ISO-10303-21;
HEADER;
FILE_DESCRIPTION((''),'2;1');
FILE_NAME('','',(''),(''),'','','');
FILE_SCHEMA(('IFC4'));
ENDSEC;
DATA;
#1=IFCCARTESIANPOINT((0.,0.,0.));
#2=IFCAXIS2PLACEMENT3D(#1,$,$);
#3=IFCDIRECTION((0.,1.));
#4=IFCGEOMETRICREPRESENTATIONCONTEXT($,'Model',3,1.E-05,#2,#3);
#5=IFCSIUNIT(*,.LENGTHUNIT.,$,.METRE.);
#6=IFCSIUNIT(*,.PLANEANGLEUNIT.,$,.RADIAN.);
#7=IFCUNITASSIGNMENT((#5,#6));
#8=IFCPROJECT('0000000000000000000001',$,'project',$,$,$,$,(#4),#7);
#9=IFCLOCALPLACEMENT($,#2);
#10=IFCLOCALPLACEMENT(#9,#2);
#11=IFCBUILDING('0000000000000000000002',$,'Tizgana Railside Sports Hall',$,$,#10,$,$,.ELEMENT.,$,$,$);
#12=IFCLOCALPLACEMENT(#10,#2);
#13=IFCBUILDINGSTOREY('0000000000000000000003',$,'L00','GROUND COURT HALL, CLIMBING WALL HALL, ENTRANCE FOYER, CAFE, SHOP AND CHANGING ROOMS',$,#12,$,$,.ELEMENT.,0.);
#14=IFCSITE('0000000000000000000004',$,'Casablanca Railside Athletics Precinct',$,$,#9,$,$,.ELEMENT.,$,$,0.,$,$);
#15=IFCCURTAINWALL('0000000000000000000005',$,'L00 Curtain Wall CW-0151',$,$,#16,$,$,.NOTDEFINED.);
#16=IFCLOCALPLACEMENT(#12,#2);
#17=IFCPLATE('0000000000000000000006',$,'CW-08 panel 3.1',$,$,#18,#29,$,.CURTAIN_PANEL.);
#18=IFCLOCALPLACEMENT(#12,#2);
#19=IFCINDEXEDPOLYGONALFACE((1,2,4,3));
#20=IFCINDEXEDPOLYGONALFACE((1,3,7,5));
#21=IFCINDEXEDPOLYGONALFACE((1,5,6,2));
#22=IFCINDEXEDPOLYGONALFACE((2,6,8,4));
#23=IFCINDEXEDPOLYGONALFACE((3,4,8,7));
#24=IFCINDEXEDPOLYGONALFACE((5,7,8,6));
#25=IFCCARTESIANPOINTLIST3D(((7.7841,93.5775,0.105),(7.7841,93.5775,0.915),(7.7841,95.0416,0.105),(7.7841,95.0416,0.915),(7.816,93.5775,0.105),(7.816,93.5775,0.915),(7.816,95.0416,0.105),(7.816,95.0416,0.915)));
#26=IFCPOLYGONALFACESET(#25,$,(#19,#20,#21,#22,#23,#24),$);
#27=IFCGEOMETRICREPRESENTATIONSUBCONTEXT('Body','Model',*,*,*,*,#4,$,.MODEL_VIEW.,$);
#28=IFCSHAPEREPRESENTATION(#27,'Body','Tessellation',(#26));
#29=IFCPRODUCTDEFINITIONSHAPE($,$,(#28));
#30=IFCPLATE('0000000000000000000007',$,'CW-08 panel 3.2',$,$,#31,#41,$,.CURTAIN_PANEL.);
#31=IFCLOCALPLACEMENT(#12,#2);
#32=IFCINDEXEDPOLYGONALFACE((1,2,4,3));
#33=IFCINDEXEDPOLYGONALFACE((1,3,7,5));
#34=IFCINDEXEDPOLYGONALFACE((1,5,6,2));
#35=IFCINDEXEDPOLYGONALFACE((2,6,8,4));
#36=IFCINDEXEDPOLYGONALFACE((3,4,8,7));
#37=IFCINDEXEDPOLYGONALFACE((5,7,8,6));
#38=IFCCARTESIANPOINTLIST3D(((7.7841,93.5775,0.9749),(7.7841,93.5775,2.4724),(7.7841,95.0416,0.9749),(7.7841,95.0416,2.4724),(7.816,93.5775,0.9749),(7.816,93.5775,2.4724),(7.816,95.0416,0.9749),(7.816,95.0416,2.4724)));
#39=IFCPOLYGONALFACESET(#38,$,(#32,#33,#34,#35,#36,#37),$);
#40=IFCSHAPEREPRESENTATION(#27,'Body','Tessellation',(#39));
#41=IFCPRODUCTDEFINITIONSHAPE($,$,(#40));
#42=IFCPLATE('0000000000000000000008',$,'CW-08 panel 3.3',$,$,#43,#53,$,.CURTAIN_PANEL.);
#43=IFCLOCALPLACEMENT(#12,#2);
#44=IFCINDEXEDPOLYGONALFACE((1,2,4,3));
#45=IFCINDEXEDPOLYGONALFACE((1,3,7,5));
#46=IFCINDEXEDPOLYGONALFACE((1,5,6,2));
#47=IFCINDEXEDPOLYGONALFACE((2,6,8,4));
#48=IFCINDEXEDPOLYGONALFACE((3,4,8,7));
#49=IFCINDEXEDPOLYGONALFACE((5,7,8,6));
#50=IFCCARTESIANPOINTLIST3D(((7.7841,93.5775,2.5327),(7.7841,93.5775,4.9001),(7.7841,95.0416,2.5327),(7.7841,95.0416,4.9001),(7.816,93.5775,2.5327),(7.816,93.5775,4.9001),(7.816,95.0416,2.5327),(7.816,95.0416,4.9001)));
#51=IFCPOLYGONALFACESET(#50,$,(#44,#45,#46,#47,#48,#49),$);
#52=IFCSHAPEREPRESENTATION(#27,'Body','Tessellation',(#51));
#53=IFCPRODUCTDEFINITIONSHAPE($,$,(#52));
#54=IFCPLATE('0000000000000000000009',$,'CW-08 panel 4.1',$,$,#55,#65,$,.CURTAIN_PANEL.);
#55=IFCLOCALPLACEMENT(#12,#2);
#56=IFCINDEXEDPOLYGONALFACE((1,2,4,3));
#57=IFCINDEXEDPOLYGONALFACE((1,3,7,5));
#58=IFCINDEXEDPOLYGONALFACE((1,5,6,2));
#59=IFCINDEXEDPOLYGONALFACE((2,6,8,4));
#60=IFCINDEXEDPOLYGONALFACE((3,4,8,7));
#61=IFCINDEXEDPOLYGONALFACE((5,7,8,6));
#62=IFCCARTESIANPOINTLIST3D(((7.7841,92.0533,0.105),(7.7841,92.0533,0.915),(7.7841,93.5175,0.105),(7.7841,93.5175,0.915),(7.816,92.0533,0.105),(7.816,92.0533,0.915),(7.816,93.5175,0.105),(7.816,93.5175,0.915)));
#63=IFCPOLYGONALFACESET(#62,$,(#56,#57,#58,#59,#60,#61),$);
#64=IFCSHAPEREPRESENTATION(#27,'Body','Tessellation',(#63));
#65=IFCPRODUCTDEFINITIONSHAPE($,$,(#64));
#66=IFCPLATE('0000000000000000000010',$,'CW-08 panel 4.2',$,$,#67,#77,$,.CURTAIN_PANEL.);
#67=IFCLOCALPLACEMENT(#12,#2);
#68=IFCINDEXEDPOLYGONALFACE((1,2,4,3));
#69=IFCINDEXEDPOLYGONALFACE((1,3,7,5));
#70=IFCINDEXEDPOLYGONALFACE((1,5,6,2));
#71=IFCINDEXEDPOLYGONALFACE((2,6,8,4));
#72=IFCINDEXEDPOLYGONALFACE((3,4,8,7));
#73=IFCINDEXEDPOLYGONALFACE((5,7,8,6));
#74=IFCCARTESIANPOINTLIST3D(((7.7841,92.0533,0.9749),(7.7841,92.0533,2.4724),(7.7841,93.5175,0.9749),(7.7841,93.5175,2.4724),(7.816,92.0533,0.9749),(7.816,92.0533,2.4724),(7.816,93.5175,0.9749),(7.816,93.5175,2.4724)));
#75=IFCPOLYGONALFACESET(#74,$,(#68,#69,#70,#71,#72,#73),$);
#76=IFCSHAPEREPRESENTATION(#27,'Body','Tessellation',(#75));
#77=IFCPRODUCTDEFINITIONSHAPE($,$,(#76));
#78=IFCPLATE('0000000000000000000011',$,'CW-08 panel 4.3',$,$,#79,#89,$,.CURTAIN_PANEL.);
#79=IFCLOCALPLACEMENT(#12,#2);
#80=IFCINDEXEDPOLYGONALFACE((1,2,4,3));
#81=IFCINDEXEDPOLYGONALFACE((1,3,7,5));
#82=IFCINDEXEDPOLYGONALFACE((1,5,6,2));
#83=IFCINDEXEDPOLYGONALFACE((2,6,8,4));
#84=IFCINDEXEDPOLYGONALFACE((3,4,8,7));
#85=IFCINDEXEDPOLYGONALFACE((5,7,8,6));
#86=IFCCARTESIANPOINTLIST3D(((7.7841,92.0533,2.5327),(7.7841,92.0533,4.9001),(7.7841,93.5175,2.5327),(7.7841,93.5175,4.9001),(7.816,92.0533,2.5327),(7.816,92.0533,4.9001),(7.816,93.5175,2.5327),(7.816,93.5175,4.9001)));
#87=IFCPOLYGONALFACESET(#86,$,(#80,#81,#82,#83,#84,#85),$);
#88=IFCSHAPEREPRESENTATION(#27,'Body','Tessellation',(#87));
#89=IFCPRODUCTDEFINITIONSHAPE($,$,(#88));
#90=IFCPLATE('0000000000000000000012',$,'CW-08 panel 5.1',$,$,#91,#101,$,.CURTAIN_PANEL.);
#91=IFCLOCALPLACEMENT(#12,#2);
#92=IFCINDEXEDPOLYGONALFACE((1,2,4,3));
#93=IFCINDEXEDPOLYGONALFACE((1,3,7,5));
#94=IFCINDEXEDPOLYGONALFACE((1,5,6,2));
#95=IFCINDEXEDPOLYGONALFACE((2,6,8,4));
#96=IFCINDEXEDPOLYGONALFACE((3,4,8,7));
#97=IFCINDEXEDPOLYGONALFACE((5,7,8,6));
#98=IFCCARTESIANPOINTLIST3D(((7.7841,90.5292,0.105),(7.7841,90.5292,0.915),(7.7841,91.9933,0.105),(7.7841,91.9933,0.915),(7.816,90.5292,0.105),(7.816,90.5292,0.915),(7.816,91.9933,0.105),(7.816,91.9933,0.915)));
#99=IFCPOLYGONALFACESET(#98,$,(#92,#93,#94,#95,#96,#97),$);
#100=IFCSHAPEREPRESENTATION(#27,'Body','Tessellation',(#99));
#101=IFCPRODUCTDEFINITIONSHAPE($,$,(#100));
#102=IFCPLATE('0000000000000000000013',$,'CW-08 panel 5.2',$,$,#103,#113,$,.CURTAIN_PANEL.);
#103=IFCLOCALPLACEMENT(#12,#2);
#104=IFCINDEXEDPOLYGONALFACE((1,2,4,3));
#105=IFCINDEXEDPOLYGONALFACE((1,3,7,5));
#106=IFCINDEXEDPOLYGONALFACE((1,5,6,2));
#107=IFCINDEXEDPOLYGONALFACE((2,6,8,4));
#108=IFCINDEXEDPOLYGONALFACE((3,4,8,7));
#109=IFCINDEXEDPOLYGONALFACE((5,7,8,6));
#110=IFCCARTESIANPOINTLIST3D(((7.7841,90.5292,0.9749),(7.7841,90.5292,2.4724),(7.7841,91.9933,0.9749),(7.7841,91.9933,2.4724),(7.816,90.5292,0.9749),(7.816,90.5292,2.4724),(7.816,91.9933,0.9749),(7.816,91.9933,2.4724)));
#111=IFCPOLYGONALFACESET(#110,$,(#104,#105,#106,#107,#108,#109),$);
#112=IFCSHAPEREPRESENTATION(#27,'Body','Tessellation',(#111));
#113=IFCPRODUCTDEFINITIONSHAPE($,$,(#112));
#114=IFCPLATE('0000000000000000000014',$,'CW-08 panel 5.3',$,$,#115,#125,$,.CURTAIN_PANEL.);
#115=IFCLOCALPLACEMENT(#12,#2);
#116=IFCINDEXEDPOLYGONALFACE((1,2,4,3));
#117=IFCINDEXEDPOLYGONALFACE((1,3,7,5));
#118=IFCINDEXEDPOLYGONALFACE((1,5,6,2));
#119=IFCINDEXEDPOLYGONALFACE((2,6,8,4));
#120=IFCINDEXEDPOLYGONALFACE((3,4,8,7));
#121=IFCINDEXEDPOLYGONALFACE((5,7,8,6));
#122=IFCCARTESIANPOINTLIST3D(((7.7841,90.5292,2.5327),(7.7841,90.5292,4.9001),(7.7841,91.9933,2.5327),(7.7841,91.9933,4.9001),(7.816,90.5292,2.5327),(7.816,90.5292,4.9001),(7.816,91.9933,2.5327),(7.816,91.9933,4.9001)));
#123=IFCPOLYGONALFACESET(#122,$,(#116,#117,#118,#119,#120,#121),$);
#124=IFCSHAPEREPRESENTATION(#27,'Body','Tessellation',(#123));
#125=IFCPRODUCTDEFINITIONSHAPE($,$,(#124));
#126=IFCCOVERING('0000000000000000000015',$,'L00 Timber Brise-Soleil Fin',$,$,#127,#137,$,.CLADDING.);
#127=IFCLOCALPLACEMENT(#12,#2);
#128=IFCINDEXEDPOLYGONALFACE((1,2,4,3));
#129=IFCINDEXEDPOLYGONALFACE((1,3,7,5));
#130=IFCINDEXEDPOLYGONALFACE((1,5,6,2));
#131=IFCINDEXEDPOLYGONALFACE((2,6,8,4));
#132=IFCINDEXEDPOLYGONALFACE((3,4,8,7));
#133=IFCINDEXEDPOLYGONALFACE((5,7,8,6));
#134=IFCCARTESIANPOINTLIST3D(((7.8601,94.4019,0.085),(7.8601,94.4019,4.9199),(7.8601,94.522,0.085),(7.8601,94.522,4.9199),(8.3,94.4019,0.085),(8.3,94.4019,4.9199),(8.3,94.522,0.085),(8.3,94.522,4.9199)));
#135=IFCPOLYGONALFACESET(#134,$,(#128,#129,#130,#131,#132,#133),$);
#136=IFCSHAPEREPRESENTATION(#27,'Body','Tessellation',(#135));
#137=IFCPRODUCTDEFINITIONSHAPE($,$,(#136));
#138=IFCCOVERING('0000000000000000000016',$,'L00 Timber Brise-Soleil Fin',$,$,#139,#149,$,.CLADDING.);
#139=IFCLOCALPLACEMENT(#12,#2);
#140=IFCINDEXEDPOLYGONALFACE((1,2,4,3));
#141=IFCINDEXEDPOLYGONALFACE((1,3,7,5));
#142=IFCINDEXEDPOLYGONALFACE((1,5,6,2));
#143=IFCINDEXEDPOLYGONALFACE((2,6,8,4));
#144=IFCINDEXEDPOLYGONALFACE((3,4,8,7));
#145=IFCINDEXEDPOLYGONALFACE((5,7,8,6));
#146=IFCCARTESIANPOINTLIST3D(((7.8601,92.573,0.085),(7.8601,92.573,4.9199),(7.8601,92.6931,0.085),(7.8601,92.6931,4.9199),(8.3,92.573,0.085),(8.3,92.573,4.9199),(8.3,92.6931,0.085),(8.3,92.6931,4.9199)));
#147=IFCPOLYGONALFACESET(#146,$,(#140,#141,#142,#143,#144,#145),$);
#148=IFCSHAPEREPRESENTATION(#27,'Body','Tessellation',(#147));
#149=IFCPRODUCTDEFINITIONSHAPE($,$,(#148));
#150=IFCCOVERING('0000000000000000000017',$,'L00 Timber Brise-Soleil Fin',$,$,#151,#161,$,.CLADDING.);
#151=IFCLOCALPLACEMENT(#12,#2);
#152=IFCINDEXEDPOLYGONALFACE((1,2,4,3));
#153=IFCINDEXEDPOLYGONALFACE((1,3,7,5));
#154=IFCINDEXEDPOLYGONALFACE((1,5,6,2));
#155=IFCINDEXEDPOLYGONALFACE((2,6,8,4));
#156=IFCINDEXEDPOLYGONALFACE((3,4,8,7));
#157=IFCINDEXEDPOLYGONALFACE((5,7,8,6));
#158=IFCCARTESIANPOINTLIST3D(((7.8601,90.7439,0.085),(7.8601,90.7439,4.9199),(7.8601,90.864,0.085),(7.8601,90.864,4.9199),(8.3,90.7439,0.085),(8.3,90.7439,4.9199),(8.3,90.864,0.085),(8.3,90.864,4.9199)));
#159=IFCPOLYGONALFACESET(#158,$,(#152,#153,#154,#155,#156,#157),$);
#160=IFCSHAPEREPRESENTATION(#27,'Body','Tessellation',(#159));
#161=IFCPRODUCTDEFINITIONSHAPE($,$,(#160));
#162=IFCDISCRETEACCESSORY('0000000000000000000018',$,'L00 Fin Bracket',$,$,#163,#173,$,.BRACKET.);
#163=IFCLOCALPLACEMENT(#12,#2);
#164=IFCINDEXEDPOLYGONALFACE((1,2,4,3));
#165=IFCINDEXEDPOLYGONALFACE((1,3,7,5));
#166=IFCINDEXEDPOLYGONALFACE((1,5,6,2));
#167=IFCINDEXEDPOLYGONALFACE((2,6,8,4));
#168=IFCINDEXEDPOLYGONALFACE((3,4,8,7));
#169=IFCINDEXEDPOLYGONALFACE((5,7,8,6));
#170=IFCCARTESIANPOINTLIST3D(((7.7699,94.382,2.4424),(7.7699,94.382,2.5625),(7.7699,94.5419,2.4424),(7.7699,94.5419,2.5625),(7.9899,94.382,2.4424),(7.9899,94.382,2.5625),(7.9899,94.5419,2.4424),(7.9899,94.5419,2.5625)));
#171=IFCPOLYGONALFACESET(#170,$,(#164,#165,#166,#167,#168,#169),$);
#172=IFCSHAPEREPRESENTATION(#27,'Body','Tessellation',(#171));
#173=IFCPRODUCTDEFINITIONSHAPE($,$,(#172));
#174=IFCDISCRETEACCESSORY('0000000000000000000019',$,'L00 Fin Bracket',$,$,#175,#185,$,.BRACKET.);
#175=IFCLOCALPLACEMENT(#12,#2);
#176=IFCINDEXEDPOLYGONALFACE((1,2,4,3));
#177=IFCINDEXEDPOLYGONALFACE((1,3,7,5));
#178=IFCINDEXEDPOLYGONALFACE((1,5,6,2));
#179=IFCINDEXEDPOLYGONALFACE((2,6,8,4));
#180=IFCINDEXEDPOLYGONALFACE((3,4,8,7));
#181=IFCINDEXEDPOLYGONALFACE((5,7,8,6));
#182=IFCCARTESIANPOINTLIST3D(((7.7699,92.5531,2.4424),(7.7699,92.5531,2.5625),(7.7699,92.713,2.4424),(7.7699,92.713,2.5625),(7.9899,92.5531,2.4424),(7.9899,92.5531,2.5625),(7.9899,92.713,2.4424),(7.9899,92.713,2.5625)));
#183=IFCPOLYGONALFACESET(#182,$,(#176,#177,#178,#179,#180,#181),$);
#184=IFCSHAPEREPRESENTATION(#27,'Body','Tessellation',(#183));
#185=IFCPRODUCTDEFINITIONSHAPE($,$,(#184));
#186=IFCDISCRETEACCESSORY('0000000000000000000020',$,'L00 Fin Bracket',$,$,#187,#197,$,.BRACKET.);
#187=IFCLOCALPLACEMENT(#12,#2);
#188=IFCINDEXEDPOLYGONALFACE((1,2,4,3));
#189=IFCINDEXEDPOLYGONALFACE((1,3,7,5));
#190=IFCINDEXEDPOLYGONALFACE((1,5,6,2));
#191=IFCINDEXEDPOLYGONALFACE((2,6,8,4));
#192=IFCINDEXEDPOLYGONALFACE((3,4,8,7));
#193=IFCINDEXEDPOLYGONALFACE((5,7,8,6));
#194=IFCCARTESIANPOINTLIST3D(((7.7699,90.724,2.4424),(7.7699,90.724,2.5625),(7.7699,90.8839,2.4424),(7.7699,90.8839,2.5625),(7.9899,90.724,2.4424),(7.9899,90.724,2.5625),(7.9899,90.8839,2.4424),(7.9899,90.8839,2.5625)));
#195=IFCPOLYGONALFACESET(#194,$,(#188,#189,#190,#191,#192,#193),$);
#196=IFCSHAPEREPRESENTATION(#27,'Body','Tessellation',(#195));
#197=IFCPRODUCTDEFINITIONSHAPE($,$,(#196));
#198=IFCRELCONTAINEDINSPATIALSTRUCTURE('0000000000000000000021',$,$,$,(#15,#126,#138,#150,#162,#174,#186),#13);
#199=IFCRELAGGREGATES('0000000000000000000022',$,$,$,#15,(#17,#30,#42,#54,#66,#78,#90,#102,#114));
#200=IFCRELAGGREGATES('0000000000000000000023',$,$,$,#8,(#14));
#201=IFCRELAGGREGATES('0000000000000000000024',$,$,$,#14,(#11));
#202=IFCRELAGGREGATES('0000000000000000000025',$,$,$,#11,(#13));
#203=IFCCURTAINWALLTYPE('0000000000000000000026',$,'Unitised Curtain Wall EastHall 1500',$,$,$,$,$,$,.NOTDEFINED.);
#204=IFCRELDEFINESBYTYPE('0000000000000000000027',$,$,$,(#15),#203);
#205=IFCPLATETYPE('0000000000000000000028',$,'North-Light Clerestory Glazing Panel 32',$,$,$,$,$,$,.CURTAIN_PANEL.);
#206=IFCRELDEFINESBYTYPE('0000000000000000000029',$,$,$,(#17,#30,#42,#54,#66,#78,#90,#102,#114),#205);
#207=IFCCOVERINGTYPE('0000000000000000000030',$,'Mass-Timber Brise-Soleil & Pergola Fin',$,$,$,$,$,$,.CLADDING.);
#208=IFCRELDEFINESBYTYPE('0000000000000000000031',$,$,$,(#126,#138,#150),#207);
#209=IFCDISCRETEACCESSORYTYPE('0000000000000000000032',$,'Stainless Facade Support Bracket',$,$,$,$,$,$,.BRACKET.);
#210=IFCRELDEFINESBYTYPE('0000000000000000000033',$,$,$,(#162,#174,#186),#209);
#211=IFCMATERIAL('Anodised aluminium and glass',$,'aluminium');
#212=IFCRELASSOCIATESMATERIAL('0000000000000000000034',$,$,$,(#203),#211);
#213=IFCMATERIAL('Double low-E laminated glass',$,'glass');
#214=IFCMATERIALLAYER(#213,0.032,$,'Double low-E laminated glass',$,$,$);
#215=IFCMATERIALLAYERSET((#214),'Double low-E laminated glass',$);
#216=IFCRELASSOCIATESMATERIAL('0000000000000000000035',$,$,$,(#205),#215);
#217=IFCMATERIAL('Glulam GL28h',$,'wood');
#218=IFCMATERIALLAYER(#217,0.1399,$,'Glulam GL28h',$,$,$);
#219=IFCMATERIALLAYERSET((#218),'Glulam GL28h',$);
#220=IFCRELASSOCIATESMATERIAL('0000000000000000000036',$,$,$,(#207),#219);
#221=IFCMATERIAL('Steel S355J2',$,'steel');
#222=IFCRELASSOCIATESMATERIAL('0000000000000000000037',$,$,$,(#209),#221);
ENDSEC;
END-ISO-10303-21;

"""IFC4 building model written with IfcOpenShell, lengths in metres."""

from ifc_helpers import new_model, si_unit, direction, frame, origin, origin_2d, place, context, subcontext, project, spatial, rectangle, extrude, material, layer, layer_set, type_object, element, aggregate, save


model = new_model("IFC4")

# Units and contexts
model_context = context("Model", 3, precision=1e-05, world=origin(), true_north=direction((0.0, 1.0)))
body_context = subcontext(model_context, "Body", "Model", "MODEL_VIEW")
ifc_project = project(units=[si_unit("LENGTHUNIT", "METRE"), si_unit("PLANEANGLEUNIT", "RADIAN")], contexts=[model_context])

# Site, building, storey
site_placement = place(None, origin())
site = spatial("IfcSite", under=ifc_project, at=site_placement, Name="Casablanca Railside Athletics Precinct", CompositionType="ELEMENT", RefElevation=0.0)
building_placement = place(site_placement, origin())
building = spatial("IfcBuilding", under=site, at=building_placement, Name="Tizgana Railside Sports Hall", CompositionType="ELEMENT")
storey_placement = place(building_placement, origin())
storey = spatial("IfcBuildingStorey", under=building, at=storey_placement, Name="L00", Description="GROUND COURT HALL, CLIMBING WALL HALL, ENTRANCE FOYER, CAFE, SHOP AND CHANGING ROOMS", CompositionType="ELEMENT", Elevation=0.0)

# Curtain wall, plates
ifc_material_1 = material(Name="Anodised aluminium and glass", Category="aluminium")
curtain_wall_type = type_object("IfcCurtainWallType", Name="Unitised Curtain Wall EastHall 1500", PredefinedType="NOTDEFINED", material=ifc_material_1)
curtain_wall_placement = place(storey_placement, origin())
curtain_wall = element("IfcCurtainWall", 1, at=curtain_wall_placement, inside=storey, type_object=curtain_wall_type, Name="L00 Curtain Wall CW-0151", PredefinedType="NOTDEFINED")
ifc_material_2 = material(Name="Double low-E laminated glass", Category="glass")
ifc_layer_1 = layer(ifc_material_2, 0.032, Name="Double low-E laminated glass")
ifc_layer_set_1 = layer_set([ifc_layer_1], Name="Double low-E laminated glass")
plate_type = type_object("IfcPlateType", Name="North-Light Clerestory Glazing Panel 32", PredefinedType="CURTAIN_PANEL", material=ifc_layer_set_1)
plate_1_placement = place(storey_placement, frame((7.8, 94.3096, 0.105), z_axis=(0.0, 0.0, 1.0), x_axis=(0.0, -1.0, 0.0)))
plate_1 = element("IfcPlate", 2, at=plate_1_placement, type_object=plate_type, Name="CW-08 panel 3.1", PredefinedType="CURTAIN_PANEL", context=body_context, shape_type="SweptSolid", body=[
    extrude(rectangle(XDim=1.4641, YDim=0.032, at=origin_2d()), origin(), (0.0, 0.0, 1.0), 0.8101),
])
plate_2_placement = place(storey_placement, frame((7.8, 94.3096, 0.9749), z_axis=(0.0, 0.0, 1.0), x_axis=(0.0, -1.0, 0.0)))
plate_2 = element("IfcPlate", 3, at=plate_2_placement, type_object=plate_type, Name="CW-08 panel 3.2", PredefinedType="CURTAIN_PANEL", context=body_context, shape_type="SweptSolid", body=[
    extrude(rectangle(XDim=1.4641, YDim=0.032, at=origin_2d()), origin(), (0.0, 0.0, 1.0), 1.4976),
])
plate_3_placement = place(storey_placement, frame((7.8, 94.3096, 2.5327), z_axis=(0.0, 0.0, 1.0), x_axis=(0.0, -1.0, 0.0)))
plate_3 = element("IfcPlate", 4, at=plate_3_placement, type_object=plate_type, Name="CW-08 panel 3.3", PredefinedType="CURTAIN_PANEL", context=body_context, shape_type="SweptSolid", body=[
    extrude(rectangle(XDim=1.4641, YDim=0.032, at=origin_2d()), origin(), (0.0, 0.0, 1.0), 2.3674),
])
plate_4_placement = place(storey_placement, frame((7.8, 92.7854, 0.105), z_axis=(0.0, 0.0, 1.0), x_axis=(0.0, -1.0, 0.0)))
plate_4 = element("IfcPlate", 5, at=plate_4_placement, type_object=plate_type, Name="CW-08 panel 4.1", PredefinedType="CURTAIN_PANEL", context=body_context, shape_type="SweptSolid", body=[
    extrude(rectangle(XDim=1.4641, YDim=0.032, at=origin_2d()), origin(), (0.0, 0.0, 1.0), 0.8101),
])
plate_5_placement = place(storey_placement, frame((7.8, 92.7854, 0.9749), z_axis=(0.0, 0.0, 1.0), x_axis=(0.0, -1.0, 0.0)))
plate_5 = element("IfcPlate", 6, at=plate_5_placement, type_object=plate_type, Name="CW-08 panel 4.2", PredefinedType="CURTAIN_PANEL", context=body_context, shape_type="SweptSolid", body=[
    extrude(rectangle(XDim=1.4641, YDim=0.032, at=origin_2d()), origin(), (0.0, 0.0, 1.0), 1.4976),
])
plate_6_placement = place(storey_placement, frame((7.8, 92.7854, 2.5327), z_axis=(0.0, 0.0, 1.0), x_axis=(0.0, -1.0, 0.0)))
plate_6 = element("IfcPlate", 7, at=plate_6_placement, type_object=plate_type, Name="CW-08 panel 4.3", PredefinedType="CURTAIN_PANEL", context=body_context, shape_type="SweptSolid", body=[
    extrude(rectangle(XDim=1.4641, YDim=0.032, at=origin_2d()), origin(), (0.0, 0.0, 1.0), 2.3674),
])
plate_7_placement = place(storey_placement, frame((7.8, 91.2612, 0.105), z_axis=(0.0, 0.0, 1.0), x_axis=(0.0, -1.0, 0.0)))
plate_7 = element("IfcPlate", 8, at=plate_7_placement, type_object=plate_type, Name="CW-08 panel 5.1", PredefinedType="CURTAIN_PANEL", context=body_context, shape_type="SweptSolid", body=[
    extrude(rectangle(XDim=1.4641, YDim=0.032, at=origin_2d()), origin(), (0.0, 0.0, 1.0), 0.8101),
])
plate_8_placement = place(storey_placement, frame((7.8, 91.2612, 0.9749), z_axis=(0.0, 0.0, 1.0), x_axis=(0.0, -1.0, 0.0)))
plate_8 = element("IfcPlate", 9, at=plate_8_placement, type_object=plate_type, Name="CW-08 panel 5.2", PredefinedType="CURTAIN_PANEL", context=body_context, shape_type="SweptSolid", body=[
    extrude(rectangle(XDim=1.4641, YDim=0.032, at=origin_2d()), origin(), (0.0, 0.0, 1.0), 1.4976),
])
plate_9_placement = place(storey_placement, frame((7.8, 91.2612, 2.5327), z_axis=(0.0, 0.0, 1.0), x_axis=(0.0, -1.0, 0.0)))
plate_9 = element("IfcPlate", 10, at=plate_9_placement, type_object=plate_type, Name="CW-08 panel 5.3", PredefinedType="CURTAIN_PANEL", context=body_context, shape_type="SweptSolid", body=[
    extrude(rectangle(XDim=1.4641, YDim=0.032, at=origin_2d()), origin(), (0.0, 0.0, 1.0), 2.3674),
])
aggregate(curtain_wall, [plate_1, plate_2, plate_3, plate_4, plate_5, plate_6, plate_7, plate_8, plate_9])

# Coverings
ifc_material_3 = material(Name="Glulam GL28h", Category="wood")
ifc_layer_2 = layer(ifc_material_3, 0.1399, Name="Glulam GL28h")
ifc_layer_set_2 = layer_set([ifc_layer_2], Name="Glulam GL28h")
covering_type = type_object("IfcCoveringType", Name="Mass-Timber Brise-Soleil & Pergola Fin", PredefinedType="CLADDING", material=ifc_layer_set_2)
for number, where, z_axis, x_axis, name in (
    (11, (8.0801, 94.4619, 0.085), (0.0, 0.0, 1.0), (0.0, -1.0, 0.0), "L00 Timber Brise-Soleil Fin"),
    (12, (8.0801, 92.6331, 0.085), (0.0, 0.0, 1.0), (0.0, -1.0, 0.0), "L00 Timber Brise-Soleil Fin"),
    (13, (8.0801, 90.804, 0.085), (0.0, 0.0, 1.0), (0.0, -1.0, 0.0), "L00 Timber Brise-Soleil Fin"),
):
    element("IfcCovering", number, at=place(storey_placement, frame(where, z_axis=z_axis, x_axis=x_axis)), inside=storey, type_object=covering_type, Name=name, PredefinedType="CLADDING", context=body_context, shape_type="SweptSolid", body=[
        extrude(rectangle(XDim=0.1201, YDim=0.4399, at=origin_2d()), origin(), (0.0, 0.0, 1.0), 4.835),
    ])

# Discrete accessories
ifc_material_4 = material(Name="Steel S355J2", Category="steel")
discrete_accessory_type = type_object("IfcDiscreteAccessoryType", Name="Stainless Facade Support Bracket", PredefinedType="BRACKET", material=ifc_material_4)
for number, where, z_axis, x_axis, name in (
    (14, (7.8799, 94.4619, 2.4424), (0.0, 0.0, 1.0), (0.0, -1.0, 0.0), "L00 Fin Bracket"),
    (15, (7.8799, 92.6331, 2.4424), (0.0, 0.0, 1.0), (0.0, -1.0, 0.0), "L00 Fin Bracket"),
    (16, (7.8799, 90.804, 2.4424), (0.0, 0.0, 1.0), (0.0, -1.0, 0.0), "L00 Fin Bracket"),
):
    element("IfcDiscreteAccessory", number, at=place(storey_placement, frame(where, z_axis=z_axis, x_axis=x_axis)), inside=storey, type_object=discrete_accessory_type, Name=name, PredefinedType="BRACKET", context=body_context, shape_type="SweptSolid", body=[
        extrude(rectangle(XDim=0.1599, YDim=0.22, at=origin_2d()), origin(), (0.0, 0.0, 1.0), 0.1201),
    ])

save(model, "model.ifc")
